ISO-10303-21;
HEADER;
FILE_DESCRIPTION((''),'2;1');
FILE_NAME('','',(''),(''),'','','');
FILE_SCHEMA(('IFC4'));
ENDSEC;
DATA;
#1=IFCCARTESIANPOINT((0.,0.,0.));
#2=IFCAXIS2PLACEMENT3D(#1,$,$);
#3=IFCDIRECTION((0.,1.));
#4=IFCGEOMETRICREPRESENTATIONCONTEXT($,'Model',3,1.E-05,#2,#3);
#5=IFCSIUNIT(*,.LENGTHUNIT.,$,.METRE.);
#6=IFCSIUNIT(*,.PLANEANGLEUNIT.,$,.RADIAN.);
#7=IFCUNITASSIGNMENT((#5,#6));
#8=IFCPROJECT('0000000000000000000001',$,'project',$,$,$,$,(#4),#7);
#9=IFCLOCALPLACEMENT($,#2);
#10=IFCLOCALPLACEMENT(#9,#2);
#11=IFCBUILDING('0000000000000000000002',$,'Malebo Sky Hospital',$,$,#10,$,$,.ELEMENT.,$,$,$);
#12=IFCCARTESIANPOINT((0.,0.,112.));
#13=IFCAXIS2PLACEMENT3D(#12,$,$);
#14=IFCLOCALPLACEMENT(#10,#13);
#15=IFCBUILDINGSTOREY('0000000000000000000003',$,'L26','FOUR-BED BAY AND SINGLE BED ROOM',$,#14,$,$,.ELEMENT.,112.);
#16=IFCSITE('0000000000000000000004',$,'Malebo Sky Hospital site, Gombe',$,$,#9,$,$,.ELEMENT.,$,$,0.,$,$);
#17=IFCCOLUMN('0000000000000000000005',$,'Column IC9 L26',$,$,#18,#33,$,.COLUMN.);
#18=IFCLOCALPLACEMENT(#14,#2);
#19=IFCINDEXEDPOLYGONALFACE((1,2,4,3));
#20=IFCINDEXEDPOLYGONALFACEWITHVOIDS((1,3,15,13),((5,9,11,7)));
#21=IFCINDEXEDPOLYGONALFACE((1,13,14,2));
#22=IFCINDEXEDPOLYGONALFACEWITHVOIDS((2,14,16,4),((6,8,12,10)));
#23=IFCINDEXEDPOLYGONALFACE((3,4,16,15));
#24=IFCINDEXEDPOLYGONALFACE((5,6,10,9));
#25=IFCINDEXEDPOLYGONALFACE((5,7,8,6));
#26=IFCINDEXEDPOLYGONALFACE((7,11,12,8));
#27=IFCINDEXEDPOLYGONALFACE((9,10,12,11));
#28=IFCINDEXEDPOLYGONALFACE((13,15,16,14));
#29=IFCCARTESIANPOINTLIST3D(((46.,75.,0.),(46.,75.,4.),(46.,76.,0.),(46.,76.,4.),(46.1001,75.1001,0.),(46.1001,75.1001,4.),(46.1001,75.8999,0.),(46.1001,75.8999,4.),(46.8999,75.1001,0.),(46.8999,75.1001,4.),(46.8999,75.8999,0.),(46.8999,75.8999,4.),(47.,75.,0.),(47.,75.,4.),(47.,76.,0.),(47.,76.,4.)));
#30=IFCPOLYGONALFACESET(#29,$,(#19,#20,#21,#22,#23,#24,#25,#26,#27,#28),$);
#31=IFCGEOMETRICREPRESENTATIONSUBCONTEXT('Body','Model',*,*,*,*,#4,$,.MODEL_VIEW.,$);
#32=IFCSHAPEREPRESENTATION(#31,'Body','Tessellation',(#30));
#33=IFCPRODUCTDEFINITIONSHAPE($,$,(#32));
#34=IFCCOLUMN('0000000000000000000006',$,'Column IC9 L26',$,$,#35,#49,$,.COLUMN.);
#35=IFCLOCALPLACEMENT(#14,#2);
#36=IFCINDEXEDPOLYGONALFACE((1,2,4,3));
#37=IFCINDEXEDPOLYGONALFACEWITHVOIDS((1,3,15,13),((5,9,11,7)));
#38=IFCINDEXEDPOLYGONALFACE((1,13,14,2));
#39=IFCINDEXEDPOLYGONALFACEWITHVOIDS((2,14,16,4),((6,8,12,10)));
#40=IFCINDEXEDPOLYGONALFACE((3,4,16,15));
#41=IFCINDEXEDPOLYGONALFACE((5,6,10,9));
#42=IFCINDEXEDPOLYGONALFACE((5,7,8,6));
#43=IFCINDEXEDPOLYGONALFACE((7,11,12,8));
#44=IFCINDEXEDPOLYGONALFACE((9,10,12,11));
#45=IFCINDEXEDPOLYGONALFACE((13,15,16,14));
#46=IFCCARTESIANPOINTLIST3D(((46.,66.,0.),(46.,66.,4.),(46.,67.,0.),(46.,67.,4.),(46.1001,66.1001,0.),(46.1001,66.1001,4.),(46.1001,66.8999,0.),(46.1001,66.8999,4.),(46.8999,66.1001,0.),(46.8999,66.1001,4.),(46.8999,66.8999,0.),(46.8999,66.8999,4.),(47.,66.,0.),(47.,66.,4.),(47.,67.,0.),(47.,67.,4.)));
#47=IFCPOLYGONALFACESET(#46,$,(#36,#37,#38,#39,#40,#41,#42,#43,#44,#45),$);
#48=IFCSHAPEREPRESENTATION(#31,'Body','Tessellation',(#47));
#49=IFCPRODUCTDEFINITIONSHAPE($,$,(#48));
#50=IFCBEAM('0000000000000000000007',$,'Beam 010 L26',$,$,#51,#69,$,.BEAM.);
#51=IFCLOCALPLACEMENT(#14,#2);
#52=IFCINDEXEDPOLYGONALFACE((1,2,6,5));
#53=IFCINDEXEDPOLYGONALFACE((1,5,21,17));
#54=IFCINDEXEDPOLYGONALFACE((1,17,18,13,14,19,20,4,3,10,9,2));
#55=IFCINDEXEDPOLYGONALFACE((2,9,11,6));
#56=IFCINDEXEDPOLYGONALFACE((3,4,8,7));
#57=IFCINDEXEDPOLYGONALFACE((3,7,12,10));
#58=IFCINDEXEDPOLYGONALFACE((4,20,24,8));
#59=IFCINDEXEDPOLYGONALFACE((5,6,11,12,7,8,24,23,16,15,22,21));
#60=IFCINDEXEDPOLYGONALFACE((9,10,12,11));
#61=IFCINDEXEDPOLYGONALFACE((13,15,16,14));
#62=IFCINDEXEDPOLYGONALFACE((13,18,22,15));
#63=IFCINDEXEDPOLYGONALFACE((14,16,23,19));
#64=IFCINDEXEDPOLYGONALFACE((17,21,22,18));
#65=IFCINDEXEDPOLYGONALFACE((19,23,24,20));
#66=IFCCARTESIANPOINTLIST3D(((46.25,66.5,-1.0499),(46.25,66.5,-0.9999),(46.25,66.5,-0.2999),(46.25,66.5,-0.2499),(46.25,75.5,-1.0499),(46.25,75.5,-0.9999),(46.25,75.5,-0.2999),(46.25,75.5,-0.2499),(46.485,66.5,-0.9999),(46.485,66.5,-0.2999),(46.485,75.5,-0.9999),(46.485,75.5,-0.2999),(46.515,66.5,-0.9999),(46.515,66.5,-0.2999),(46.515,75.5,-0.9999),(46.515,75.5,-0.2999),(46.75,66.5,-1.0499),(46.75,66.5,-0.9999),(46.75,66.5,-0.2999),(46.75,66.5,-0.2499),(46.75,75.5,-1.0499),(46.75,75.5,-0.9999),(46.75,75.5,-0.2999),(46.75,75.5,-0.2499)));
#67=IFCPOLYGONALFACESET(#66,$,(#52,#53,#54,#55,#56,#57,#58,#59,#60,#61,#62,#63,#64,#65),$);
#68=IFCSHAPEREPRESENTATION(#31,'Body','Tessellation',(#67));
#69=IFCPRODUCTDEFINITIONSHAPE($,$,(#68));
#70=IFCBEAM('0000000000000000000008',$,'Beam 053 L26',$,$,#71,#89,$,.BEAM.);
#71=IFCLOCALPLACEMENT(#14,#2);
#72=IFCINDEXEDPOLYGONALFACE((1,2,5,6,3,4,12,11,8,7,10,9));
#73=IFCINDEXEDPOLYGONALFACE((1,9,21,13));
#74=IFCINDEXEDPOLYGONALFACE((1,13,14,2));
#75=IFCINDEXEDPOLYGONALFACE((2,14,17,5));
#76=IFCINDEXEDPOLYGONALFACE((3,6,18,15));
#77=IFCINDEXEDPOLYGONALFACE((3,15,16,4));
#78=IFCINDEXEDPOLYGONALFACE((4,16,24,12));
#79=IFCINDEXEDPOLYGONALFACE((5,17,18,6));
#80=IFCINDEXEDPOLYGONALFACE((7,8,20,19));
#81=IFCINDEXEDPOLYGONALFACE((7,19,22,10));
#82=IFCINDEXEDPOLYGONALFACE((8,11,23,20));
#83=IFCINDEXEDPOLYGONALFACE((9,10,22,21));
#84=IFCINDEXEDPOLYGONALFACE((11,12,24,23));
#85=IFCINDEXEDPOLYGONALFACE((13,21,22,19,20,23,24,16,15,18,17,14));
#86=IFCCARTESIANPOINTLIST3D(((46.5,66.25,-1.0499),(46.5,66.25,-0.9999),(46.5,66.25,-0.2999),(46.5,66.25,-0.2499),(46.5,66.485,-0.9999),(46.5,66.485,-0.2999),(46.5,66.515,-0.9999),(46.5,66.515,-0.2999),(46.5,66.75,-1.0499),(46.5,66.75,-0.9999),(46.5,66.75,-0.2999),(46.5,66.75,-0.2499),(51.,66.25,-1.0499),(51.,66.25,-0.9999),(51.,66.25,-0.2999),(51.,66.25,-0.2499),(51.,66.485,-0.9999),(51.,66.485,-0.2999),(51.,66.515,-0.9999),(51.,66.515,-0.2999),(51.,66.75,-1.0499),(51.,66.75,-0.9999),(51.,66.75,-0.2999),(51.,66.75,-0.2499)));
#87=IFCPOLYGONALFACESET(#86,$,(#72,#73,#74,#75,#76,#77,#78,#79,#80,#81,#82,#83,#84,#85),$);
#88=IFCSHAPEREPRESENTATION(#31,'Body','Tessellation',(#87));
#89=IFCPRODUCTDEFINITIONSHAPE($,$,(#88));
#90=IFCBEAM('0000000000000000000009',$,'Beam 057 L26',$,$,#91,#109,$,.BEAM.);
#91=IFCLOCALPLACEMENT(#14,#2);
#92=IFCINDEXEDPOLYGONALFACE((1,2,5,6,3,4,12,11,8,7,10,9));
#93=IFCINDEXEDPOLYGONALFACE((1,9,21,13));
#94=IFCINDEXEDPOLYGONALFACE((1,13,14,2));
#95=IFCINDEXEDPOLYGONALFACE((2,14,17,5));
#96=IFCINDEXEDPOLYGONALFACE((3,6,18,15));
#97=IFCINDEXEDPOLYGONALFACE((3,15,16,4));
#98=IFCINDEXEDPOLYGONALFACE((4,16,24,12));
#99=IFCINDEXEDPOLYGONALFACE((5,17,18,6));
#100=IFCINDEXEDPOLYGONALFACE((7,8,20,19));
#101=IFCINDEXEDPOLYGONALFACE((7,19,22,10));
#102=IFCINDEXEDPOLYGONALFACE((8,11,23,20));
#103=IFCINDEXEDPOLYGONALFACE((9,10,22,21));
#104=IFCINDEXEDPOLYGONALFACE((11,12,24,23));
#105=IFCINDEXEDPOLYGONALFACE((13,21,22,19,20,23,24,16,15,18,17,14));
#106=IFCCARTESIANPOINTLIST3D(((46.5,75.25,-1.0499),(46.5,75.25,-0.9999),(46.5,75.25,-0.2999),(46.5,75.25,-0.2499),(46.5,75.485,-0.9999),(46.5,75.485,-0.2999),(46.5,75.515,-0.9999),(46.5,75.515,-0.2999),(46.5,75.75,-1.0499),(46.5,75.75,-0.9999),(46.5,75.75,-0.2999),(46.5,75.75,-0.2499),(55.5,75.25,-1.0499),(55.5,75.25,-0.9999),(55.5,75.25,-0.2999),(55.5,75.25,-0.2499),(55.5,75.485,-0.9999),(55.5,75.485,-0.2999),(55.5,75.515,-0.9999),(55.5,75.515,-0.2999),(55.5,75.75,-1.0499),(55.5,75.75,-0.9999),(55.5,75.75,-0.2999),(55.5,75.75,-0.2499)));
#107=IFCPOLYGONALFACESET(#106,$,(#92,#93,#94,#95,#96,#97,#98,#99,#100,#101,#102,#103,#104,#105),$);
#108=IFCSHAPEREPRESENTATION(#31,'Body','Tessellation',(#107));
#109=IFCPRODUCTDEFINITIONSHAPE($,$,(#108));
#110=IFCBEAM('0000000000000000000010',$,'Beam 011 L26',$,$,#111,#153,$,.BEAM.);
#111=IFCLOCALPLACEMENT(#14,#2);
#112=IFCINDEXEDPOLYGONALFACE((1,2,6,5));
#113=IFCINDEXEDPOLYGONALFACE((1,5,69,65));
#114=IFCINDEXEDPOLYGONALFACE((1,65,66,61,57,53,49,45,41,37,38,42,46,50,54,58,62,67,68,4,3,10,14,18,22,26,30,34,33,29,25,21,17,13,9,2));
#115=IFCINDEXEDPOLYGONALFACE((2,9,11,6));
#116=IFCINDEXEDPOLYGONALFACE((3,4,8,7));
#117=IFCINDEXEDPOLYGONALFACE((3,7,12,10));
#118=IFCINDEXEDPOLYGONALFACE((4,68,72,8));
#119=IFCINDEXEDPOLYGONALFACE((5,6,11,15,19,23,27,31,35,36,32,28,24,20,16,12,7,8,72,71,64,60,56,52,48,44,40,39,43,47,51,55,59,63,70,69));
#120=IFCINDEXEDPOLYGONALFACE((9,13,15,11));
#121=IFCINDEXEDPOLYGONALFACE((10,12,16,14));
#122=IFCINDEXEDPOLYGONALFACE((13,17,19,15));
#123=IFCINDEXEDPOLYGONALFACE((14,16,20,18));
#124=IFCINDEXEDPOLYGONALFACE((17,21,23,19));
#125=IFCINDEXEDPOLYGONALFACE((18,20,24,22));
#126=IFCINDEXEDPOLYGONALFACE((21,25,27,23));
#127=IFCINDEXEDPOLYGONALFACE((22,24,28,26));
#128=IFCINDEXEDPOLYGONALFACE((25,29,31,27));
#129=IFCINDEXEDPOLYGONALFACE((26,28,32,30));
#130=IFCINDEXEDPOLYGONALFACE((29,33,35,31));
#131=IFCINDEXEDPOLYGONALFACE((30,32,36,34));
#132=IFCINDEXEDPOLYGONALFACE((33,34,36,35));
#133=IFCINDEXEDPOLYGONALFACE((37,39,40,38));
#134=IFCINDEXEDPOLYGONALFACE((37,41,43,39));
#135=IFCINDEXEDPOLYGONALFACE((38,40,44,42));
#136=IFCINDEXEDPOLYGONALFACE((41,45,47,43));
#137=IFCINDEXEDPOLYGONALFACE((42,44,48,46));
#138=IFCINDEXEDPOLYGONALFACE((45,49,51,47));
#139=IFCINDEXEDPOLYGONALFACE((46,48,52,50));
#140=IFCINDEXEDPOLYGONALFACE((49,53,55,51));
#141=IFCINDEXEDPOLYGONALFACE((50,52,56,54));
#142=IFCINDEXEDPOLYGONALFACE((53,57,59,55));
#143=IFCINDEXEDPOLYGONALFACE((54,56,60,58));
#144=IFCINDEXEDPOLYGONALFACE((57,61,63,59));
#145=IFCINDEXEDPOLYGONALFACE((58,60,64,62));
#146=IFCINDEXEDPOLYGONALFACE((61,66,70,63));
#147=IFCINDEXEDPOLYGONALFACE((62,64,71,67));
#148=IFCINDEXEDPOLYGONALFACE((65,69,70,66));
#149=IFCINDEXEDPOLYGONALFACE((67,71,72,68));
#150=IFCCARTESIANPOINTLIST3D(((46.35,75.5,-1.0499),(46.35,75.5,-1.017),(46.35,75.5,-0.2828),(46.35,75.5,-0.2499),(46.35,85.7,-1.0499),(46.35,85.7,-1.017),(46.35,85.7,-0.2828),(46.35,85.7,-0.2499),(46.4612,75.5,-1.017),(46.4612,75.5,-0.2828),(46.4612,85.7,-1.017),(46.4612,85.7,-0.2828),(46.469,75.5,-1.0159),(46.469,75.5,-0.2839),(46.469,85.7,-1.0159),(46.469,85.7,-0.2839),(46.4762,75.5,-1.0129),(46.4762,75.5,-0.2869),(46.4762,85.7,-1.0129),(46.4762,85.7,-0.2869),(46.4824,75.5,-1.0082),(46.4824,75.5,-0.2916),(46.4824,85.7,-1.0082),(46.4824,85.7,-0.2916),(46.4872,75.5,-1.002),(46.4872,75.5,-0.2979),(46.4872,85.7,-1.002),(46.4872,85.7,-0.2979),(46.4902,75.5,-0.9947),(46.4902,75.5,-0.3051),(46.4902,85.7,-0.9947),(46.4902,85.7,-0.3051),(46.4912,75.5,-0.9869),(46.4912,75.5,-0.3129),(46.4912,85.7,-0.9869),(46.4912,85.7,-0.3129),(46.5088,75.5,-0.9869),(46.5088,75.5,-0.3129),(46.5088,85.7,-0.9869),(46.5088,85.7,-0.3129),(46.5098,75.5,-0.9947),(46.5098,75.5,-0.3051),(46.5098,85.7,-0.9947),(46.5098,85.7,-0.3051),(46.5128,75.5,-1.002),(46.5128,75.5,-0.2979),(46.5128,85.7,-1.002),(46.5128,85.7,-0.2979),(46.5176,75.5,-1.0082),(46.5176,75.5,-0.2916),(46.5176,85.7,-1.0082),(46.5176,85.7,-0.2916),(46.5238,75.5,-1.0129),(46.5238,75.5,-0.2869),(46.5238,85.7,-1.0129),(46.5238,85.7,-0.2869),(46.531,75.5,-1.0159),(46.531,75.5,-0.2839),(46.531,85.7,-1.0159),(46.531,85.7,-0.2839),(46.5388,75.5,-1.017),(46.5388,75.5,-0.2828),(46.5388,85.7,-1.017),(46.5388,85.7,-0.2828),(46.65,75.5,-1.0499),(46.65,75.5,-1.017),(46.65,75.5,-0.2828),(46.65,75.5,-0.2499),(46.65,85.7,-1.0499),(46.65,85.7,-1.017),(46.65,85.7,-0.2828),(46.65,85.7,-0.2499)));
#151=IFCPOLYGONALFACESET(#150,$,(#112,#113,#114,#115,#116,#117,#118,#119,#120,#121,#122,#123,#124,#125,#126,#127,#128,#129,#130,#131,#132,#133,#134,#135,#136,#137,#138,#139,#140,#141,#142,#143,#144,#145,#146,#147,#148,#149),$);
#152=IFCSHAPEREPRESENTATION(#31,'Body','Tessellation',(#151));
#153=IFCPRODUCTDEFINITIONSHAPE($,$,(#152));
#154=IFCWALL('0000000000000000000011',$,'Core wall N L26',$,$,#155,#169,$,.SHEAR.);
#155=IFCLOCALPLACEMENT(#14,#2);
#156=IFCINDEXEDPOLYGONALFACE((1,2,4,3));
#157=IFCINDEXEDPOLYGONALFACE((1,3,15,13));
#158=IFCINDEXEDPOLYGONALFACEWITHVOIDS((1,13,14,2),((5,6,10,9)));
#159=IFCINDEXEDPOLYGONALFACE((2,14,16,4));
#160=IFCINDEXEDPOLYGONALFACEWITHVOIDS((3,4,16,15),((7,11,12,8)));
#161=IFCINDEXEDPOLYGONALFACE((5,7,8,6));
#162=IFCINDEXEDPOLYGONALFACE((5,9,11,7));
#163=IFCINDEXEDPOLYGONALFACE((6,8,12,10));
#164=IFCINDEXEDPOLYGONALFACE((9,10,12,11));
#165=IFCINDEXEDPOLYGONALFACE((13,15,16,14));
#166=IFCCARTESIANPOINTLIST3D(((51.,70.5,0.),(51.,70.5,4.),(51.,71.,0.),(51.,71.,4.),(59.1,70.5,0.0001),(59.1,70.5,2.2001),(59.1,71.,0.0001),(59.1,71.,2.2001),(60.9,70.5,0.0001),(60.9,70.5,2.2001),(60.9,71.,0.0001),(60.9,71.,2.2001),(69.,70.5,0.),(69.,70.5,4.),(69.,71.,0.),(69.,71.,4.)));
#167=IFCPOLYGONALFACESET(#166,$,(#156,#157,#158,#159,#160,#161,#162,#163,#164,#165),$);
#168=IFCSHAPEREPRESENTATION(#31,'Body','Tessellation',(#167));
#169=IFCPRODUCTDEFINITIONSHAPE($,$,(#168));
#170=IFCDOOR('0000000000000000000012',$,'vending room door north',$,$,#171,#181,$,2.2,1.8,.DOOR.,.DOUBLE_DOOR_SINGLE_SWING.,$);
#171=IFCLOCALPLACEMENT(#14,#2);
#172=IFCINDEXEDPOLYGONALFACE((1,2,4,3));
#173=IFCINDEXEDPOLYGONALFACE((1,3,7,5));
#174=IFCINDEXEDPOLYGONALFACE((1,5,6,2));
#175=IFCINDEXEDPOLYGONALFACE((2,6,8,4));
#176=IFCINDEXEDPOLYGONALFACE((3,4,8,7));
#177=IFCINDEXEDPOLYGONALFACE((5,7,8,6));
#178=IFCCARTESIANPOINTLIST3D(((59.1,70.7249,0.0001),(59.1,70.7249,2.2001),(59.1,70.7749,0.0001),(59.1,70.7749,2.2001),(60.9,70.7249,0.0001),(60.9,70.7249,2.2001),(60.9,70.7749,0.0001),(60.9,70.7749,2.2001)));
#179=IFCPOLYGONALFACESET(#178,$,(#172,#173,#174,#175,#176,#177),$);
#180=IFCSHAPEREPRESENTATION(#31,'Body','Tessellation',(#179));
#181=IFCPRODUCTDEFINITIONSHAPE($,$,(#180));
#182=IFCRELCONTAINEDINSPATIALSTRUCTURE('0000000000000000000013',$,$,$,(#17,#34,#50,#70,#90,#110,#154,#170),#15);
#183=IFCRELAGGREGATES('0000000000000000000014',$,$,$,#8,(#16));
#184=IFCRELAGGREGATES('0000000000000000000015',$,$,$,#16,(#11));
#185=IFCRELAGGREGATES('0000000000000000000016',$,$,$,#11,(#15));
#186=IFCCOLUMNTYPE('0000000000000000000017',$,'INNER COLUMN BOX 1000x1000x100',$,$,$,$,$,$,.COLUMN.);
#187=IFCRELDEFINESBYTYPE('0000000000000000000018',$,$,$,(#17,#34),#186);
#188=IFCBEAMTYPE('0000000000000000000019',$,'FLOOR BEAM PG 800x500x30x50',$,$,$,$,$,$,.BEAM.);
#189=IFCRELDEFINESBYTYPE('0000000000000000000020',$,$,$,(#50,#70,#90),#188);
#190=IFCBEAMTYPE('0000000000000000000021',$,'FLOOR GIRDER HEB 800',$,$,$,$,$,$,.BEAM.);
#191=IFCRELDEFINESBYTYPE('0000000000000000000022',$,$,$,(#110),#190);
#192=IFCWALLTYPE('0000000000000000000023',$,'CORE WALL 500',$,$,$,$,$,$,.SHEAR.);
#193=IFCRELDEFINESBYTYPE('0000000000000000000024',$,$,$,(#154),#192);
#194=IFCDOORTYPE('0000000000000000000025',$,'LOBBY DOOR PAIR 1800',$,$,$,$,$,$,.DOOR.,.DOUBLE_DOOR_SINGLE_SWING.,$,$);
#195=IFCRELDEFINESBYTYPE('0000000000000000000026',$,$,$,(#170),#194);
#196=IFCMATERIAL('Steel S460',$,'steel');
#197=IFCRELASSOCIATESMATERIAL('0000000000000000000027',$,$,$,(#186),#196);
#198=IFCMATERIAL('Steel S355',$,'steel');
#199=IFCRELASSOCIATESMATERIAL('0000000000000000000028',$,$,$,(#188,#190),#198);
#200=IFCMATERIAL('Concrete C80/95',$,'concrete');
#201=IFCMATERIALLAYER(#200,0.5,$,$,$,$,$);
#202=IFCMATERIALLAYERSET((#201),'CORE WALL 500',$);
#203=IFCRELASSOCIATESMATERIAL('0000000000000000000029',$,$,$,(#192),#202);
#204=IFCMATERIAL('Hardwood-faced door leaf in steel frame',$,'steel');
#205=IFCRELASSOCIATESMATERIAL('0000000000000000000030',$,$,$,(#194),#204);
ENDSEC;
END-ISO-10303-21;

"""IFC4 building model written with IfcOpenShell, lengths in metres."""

from ifc_helpers import new_model, si_unit, direction, frame, frame_2d, origin, origin_2d, place, context, subcontext, project, spatial, rectangle, hollow_rectangle, i_section, extrude, material, layer, layer_set, material_profile, profile_set, type_object, element, fill, save


model = new_model("IFC4")

# Units and contexts
model_context = context("Model", 3, precision=1e-05, world=origin(), true_north=direction((0.0, 1.0)))
body_context = subcontext(model_context, "Body", "Model", "MODEL_VIEW")
ifc_project = project(units=[si_unit("LENGTHUNIT", "METRE"), si_unit("PLANEANGLEUNIT", "RADIAN")], contexts=[model_context])

# Site, building, storey
site_placement = place(None, origin())
site = spatial("IfcSite", under=ifc_project, at=site_placement, Name="Malebo Sky Hospital site, Gombe", CompositionType="ELEMENT", RefElevation=0.0)
building_placement = place(site_placement, origin())
building = spatial("IfcBuilding", under=site, at=building_placement, Name="Malebo Sky Hospital", CompositionType="ELEMENT")
storey_placement = place(building_placement, frame((0.0, 0.0, 112.0)))
storey = spatial("IfcBuildingStorey", under=building, at=storey_placement, Name="L26", Description="FOUR-BED BAY AND SINGLE BED ROOM", CompositionType="ELEMENT", Elevation=112.0)

# Columns
ifc_material_1 = material(Name="Steel S460", Category="steel")
ifc_material_profile_1 = material_profile(ifc_material_1, hollow_rectangle(XDim=1.0, YDim=1.0, WallThickness=0.1001, at=origin_2d()), Name="BOX 1000x1000x100")
ifc_profile_set_1 = profile_set([ifc_material_profile_1], Name="Steel S460")
column_type = type_object("IfcColumnType", Name="INNER COLUMN BOX 1000x1000x100", PredefinedType="COLUMN", material=ifc_profile_set_1)
for number, where, z_axis, x_axis, name in (
    (1, (46.5, 75.5, 0.0), (0.0, 0.0, 1.0), (1.0, 0.0, 0.0), "Column IC9 L26"),
    (2, (46.5, 66.5, 0.0), (0.0, 0.0, 1.0), (1.0, 0.0, 0.0), "Column IC9 L26"),
):
    element("IfcColumn", number, at=place(storey_placement, frame(where, z_axis=z_axis, x_axis=x_axis)), inside=storey, type_object=column_type, Name=name, PredefinedType="COLUMN", context=body_context, shape_type="SweptSolid", body=[
        extrude(hollow_rectangle(XDim=1.0, YDim=1.0, WallThickness=0.1001, at=origin_2d()), origin(), (0.0, 0.0, 1.0), 4.0),
    ])

# Beams
ifc_material_2 = material(Name="Steel S355", Category="steel")
ifc_material_profile_2 = material_profile(ifc_material_2, i_section(OverallWidth=0.5, OverallDepth=0.8, WebThickness=0.03, FlangeThickness=0.05, at=origin_2d()), Name="PG 800x500x30x50")
ifc_profile_set_2 = profile_set([ifc_material_profile_2], Name="Steel S355")
beam_type_1 = type_object("IfcBeamType", Name="FLOOR BEAM PG 800x500x30x50", PredefinedType="BEAM", material=ifc_profile_set_2)
beam_1_placement = place(storey_placement, frame((46.5, 66.5, -0.6499), z_axis=(0.0, 1.0, 0.0), x_axis=(-1.0, 0.0, 0.0)))
element("IfcBeam", 3, at=beam_1_placement, inside=storey, type_object=beam_type_1, Name="Beam 010 L26", PredefinedType="BEAM", context=body_context, shape_type="SweptSolid", body=[
    extrude(i_section(OverallWidth=0.5, OverallDepth=0.8, WebThickness=0.03, FlangeThickness=0.05, at=origin_2d()), origin(), (0.0, 0.0, 1.0), 9.0),
])
beam_2_placement = place(storey_placement, frame((46.5, 66.5, -0.6499), z_axis=(1.0, 0.0, 0.0), x_axis=(0.0, 1.0, 0.0)))
element("IfcBeam", 4, at=beam_2_placement, inside=storey, type_object=beam_type_1, Name="Beam 053 L26", PredefinedType="BEAM", context=body_context, shape_type="SweptSolid", body=[
    extrude(i_section(OverallWidth=0.5, OverallDepth=0.8, WebThickness=0.03, FlangeThickness=0.05, at=origin_2d()), origin(), (0.0, 0.0, 1.0), 4.5),
])
beam_3_placement = place(storey_placement, frame((46.5, 75.5, -0.6499), z_axis=(1.0, 0.0, 0.0), x_axis=(0.0, 1.0, 0.0)))
element("IfcBeam", 5, at=beam_3_placement, inside=storey, type_object=beam_type_1, Name="Beam 057 L26", PredefinedType="BEAM", context=body_context, shape_type="SweptSolid", body=[
    extrude(i_section(OverallWidth=0.5, OverallDepth=0.8, WebThickness=0.03, FlangeThickness=0.05, at=origin_2d()), origin(), (0.0, 0.0, 1.0), 9.0),
])
ifc_material_profile_3 = material_profile(ifc_material_2, i_section(OverallWidth=0.3, OverallDepth=0.8, WebThickness=0.0176, FlangeThickness=0.033, FilletRadius=0.03, at=origin_2d()), Name="HEB 800")
ifc_profile_set_3 = profile_set([ifc_material_profile_3], Name="Steel S355")
beam_type_2 = type_object("IfcBeamType", Name="FLOOR GIRDER HEB 800", PredefinedType="BEAM", material=ifc_profile_set_3)
beam_4_placement = place(storey_placement, frame((46.5, 75.5, -0.6499), z_axis=(0.0, 1.0, 0.0), x_axis=(-1.0, 0.0, 0.0)))
element("IfcBeam", 6, at=beam_4_placement, inside=storey, type_object=beam_type_2, Name="Beam 011 L26", PredefinedType="BEAM", context=body_context, shape_type="SweptSolid", body=[
    extrude(i_section(OverallWidth=0.3, OverallDepth=0.8, WebThickness=0.0176, FlangeThickness=0.033, FilletRadius=0.03, at=origin_2d()), origin(), (0.0, 0.0, 1.0), 10.2),
])

# Wall, opening, door
ifc_material_3 = material(Name="Concrete C80/95", Category="concrete")
ifc_layer_1 = layer(ifc_material_3, 0.5)
ifc_layer_set_1 = layer_set([ifc_layer_1], Name="CORE WALL 500")
wall_type_1 = type_object("IfcWallType", Name="CORE WALL 500", PredefinedType="SHEAR", material=ifc_layer_set_1)
wall_1_placement = place(storey_placement, frame((51.0, 70.75, 0.0), z_axis=(0.0, 0.0, 1.0), x_axis=(1.0, 0.0, 0.0)))
wall_1 = element("IfcWall", 7, at=wall_1_placement, inside=storey, type_object=wall_type_1, Name="Core wall N L26", PredefinedType="SHEAR", context=body_context, shape_type="SweptSolid", body=[
    extrude(rectangle(XDim=18.0, YDim=0.5, at=frame_2d((9.0, 0.0))), origin(), (0.0, 0.0, 1.0), 4.0),
])
opening_1_placement = place(wall_1_placement, frame((8.1001, 0.0, 0.0)))
opening_1 = element("IfcOpeningElement", 8, at=opening_1_placement, cuts=wall_1, PredefinedType="OPENING", context=body_context, shape_type="SweptSolid", body=[
    extrude(rectangle(XDim=1.8, YDim=2.2, at=frame_2d((0.8999, 1.1001))), frame((0.0, 0.26, 0.0), z_axis=(0.0, -1.0, 0.0), x_axis=(1.0, 0.0, 0.0)), (0.0, 0.0, 1.0), 0.52),
])
ifc_material_4 = material(Name="Hardwood-faced door leaf in steel frame", Category="steel")
door_type_1 = type_object("IfcDoorType", Name="LOBBY DOOR PAIR 1800", OperationType="DOUBLE_DOOR_SINGLE_SWING", PredefinedType="DOOR", material=ifc_material_4)
door_1_placement = place(opening_1_placement, origin())
door_1 = element("IfcDoor", 9, at=door_1_placement, inside=storey, type_object=door_type_1, Name="vending room door north", OperationType="DOUBLE_DOOR_SINGLE_SWING", OverallHeight=2.2, OverallWidth=1.8, PredefinedType="DOOR", context=body_context, shape_type="SweptSolid", body=[
    extrude(rectangle(XDim=1.8, YDim=2.2, at=frame_2d((0.8999, 1.1001))), frame((0.0, 0.0249, 0.0), z_axis=(0.0, -1.0, 0.0), x_axis=(1.0, 0.0, 0.0)), (0.0, 0.0, 1.0), 0.05),
])
fill(opening_1, door_1)

save(model, "model.ifc")
